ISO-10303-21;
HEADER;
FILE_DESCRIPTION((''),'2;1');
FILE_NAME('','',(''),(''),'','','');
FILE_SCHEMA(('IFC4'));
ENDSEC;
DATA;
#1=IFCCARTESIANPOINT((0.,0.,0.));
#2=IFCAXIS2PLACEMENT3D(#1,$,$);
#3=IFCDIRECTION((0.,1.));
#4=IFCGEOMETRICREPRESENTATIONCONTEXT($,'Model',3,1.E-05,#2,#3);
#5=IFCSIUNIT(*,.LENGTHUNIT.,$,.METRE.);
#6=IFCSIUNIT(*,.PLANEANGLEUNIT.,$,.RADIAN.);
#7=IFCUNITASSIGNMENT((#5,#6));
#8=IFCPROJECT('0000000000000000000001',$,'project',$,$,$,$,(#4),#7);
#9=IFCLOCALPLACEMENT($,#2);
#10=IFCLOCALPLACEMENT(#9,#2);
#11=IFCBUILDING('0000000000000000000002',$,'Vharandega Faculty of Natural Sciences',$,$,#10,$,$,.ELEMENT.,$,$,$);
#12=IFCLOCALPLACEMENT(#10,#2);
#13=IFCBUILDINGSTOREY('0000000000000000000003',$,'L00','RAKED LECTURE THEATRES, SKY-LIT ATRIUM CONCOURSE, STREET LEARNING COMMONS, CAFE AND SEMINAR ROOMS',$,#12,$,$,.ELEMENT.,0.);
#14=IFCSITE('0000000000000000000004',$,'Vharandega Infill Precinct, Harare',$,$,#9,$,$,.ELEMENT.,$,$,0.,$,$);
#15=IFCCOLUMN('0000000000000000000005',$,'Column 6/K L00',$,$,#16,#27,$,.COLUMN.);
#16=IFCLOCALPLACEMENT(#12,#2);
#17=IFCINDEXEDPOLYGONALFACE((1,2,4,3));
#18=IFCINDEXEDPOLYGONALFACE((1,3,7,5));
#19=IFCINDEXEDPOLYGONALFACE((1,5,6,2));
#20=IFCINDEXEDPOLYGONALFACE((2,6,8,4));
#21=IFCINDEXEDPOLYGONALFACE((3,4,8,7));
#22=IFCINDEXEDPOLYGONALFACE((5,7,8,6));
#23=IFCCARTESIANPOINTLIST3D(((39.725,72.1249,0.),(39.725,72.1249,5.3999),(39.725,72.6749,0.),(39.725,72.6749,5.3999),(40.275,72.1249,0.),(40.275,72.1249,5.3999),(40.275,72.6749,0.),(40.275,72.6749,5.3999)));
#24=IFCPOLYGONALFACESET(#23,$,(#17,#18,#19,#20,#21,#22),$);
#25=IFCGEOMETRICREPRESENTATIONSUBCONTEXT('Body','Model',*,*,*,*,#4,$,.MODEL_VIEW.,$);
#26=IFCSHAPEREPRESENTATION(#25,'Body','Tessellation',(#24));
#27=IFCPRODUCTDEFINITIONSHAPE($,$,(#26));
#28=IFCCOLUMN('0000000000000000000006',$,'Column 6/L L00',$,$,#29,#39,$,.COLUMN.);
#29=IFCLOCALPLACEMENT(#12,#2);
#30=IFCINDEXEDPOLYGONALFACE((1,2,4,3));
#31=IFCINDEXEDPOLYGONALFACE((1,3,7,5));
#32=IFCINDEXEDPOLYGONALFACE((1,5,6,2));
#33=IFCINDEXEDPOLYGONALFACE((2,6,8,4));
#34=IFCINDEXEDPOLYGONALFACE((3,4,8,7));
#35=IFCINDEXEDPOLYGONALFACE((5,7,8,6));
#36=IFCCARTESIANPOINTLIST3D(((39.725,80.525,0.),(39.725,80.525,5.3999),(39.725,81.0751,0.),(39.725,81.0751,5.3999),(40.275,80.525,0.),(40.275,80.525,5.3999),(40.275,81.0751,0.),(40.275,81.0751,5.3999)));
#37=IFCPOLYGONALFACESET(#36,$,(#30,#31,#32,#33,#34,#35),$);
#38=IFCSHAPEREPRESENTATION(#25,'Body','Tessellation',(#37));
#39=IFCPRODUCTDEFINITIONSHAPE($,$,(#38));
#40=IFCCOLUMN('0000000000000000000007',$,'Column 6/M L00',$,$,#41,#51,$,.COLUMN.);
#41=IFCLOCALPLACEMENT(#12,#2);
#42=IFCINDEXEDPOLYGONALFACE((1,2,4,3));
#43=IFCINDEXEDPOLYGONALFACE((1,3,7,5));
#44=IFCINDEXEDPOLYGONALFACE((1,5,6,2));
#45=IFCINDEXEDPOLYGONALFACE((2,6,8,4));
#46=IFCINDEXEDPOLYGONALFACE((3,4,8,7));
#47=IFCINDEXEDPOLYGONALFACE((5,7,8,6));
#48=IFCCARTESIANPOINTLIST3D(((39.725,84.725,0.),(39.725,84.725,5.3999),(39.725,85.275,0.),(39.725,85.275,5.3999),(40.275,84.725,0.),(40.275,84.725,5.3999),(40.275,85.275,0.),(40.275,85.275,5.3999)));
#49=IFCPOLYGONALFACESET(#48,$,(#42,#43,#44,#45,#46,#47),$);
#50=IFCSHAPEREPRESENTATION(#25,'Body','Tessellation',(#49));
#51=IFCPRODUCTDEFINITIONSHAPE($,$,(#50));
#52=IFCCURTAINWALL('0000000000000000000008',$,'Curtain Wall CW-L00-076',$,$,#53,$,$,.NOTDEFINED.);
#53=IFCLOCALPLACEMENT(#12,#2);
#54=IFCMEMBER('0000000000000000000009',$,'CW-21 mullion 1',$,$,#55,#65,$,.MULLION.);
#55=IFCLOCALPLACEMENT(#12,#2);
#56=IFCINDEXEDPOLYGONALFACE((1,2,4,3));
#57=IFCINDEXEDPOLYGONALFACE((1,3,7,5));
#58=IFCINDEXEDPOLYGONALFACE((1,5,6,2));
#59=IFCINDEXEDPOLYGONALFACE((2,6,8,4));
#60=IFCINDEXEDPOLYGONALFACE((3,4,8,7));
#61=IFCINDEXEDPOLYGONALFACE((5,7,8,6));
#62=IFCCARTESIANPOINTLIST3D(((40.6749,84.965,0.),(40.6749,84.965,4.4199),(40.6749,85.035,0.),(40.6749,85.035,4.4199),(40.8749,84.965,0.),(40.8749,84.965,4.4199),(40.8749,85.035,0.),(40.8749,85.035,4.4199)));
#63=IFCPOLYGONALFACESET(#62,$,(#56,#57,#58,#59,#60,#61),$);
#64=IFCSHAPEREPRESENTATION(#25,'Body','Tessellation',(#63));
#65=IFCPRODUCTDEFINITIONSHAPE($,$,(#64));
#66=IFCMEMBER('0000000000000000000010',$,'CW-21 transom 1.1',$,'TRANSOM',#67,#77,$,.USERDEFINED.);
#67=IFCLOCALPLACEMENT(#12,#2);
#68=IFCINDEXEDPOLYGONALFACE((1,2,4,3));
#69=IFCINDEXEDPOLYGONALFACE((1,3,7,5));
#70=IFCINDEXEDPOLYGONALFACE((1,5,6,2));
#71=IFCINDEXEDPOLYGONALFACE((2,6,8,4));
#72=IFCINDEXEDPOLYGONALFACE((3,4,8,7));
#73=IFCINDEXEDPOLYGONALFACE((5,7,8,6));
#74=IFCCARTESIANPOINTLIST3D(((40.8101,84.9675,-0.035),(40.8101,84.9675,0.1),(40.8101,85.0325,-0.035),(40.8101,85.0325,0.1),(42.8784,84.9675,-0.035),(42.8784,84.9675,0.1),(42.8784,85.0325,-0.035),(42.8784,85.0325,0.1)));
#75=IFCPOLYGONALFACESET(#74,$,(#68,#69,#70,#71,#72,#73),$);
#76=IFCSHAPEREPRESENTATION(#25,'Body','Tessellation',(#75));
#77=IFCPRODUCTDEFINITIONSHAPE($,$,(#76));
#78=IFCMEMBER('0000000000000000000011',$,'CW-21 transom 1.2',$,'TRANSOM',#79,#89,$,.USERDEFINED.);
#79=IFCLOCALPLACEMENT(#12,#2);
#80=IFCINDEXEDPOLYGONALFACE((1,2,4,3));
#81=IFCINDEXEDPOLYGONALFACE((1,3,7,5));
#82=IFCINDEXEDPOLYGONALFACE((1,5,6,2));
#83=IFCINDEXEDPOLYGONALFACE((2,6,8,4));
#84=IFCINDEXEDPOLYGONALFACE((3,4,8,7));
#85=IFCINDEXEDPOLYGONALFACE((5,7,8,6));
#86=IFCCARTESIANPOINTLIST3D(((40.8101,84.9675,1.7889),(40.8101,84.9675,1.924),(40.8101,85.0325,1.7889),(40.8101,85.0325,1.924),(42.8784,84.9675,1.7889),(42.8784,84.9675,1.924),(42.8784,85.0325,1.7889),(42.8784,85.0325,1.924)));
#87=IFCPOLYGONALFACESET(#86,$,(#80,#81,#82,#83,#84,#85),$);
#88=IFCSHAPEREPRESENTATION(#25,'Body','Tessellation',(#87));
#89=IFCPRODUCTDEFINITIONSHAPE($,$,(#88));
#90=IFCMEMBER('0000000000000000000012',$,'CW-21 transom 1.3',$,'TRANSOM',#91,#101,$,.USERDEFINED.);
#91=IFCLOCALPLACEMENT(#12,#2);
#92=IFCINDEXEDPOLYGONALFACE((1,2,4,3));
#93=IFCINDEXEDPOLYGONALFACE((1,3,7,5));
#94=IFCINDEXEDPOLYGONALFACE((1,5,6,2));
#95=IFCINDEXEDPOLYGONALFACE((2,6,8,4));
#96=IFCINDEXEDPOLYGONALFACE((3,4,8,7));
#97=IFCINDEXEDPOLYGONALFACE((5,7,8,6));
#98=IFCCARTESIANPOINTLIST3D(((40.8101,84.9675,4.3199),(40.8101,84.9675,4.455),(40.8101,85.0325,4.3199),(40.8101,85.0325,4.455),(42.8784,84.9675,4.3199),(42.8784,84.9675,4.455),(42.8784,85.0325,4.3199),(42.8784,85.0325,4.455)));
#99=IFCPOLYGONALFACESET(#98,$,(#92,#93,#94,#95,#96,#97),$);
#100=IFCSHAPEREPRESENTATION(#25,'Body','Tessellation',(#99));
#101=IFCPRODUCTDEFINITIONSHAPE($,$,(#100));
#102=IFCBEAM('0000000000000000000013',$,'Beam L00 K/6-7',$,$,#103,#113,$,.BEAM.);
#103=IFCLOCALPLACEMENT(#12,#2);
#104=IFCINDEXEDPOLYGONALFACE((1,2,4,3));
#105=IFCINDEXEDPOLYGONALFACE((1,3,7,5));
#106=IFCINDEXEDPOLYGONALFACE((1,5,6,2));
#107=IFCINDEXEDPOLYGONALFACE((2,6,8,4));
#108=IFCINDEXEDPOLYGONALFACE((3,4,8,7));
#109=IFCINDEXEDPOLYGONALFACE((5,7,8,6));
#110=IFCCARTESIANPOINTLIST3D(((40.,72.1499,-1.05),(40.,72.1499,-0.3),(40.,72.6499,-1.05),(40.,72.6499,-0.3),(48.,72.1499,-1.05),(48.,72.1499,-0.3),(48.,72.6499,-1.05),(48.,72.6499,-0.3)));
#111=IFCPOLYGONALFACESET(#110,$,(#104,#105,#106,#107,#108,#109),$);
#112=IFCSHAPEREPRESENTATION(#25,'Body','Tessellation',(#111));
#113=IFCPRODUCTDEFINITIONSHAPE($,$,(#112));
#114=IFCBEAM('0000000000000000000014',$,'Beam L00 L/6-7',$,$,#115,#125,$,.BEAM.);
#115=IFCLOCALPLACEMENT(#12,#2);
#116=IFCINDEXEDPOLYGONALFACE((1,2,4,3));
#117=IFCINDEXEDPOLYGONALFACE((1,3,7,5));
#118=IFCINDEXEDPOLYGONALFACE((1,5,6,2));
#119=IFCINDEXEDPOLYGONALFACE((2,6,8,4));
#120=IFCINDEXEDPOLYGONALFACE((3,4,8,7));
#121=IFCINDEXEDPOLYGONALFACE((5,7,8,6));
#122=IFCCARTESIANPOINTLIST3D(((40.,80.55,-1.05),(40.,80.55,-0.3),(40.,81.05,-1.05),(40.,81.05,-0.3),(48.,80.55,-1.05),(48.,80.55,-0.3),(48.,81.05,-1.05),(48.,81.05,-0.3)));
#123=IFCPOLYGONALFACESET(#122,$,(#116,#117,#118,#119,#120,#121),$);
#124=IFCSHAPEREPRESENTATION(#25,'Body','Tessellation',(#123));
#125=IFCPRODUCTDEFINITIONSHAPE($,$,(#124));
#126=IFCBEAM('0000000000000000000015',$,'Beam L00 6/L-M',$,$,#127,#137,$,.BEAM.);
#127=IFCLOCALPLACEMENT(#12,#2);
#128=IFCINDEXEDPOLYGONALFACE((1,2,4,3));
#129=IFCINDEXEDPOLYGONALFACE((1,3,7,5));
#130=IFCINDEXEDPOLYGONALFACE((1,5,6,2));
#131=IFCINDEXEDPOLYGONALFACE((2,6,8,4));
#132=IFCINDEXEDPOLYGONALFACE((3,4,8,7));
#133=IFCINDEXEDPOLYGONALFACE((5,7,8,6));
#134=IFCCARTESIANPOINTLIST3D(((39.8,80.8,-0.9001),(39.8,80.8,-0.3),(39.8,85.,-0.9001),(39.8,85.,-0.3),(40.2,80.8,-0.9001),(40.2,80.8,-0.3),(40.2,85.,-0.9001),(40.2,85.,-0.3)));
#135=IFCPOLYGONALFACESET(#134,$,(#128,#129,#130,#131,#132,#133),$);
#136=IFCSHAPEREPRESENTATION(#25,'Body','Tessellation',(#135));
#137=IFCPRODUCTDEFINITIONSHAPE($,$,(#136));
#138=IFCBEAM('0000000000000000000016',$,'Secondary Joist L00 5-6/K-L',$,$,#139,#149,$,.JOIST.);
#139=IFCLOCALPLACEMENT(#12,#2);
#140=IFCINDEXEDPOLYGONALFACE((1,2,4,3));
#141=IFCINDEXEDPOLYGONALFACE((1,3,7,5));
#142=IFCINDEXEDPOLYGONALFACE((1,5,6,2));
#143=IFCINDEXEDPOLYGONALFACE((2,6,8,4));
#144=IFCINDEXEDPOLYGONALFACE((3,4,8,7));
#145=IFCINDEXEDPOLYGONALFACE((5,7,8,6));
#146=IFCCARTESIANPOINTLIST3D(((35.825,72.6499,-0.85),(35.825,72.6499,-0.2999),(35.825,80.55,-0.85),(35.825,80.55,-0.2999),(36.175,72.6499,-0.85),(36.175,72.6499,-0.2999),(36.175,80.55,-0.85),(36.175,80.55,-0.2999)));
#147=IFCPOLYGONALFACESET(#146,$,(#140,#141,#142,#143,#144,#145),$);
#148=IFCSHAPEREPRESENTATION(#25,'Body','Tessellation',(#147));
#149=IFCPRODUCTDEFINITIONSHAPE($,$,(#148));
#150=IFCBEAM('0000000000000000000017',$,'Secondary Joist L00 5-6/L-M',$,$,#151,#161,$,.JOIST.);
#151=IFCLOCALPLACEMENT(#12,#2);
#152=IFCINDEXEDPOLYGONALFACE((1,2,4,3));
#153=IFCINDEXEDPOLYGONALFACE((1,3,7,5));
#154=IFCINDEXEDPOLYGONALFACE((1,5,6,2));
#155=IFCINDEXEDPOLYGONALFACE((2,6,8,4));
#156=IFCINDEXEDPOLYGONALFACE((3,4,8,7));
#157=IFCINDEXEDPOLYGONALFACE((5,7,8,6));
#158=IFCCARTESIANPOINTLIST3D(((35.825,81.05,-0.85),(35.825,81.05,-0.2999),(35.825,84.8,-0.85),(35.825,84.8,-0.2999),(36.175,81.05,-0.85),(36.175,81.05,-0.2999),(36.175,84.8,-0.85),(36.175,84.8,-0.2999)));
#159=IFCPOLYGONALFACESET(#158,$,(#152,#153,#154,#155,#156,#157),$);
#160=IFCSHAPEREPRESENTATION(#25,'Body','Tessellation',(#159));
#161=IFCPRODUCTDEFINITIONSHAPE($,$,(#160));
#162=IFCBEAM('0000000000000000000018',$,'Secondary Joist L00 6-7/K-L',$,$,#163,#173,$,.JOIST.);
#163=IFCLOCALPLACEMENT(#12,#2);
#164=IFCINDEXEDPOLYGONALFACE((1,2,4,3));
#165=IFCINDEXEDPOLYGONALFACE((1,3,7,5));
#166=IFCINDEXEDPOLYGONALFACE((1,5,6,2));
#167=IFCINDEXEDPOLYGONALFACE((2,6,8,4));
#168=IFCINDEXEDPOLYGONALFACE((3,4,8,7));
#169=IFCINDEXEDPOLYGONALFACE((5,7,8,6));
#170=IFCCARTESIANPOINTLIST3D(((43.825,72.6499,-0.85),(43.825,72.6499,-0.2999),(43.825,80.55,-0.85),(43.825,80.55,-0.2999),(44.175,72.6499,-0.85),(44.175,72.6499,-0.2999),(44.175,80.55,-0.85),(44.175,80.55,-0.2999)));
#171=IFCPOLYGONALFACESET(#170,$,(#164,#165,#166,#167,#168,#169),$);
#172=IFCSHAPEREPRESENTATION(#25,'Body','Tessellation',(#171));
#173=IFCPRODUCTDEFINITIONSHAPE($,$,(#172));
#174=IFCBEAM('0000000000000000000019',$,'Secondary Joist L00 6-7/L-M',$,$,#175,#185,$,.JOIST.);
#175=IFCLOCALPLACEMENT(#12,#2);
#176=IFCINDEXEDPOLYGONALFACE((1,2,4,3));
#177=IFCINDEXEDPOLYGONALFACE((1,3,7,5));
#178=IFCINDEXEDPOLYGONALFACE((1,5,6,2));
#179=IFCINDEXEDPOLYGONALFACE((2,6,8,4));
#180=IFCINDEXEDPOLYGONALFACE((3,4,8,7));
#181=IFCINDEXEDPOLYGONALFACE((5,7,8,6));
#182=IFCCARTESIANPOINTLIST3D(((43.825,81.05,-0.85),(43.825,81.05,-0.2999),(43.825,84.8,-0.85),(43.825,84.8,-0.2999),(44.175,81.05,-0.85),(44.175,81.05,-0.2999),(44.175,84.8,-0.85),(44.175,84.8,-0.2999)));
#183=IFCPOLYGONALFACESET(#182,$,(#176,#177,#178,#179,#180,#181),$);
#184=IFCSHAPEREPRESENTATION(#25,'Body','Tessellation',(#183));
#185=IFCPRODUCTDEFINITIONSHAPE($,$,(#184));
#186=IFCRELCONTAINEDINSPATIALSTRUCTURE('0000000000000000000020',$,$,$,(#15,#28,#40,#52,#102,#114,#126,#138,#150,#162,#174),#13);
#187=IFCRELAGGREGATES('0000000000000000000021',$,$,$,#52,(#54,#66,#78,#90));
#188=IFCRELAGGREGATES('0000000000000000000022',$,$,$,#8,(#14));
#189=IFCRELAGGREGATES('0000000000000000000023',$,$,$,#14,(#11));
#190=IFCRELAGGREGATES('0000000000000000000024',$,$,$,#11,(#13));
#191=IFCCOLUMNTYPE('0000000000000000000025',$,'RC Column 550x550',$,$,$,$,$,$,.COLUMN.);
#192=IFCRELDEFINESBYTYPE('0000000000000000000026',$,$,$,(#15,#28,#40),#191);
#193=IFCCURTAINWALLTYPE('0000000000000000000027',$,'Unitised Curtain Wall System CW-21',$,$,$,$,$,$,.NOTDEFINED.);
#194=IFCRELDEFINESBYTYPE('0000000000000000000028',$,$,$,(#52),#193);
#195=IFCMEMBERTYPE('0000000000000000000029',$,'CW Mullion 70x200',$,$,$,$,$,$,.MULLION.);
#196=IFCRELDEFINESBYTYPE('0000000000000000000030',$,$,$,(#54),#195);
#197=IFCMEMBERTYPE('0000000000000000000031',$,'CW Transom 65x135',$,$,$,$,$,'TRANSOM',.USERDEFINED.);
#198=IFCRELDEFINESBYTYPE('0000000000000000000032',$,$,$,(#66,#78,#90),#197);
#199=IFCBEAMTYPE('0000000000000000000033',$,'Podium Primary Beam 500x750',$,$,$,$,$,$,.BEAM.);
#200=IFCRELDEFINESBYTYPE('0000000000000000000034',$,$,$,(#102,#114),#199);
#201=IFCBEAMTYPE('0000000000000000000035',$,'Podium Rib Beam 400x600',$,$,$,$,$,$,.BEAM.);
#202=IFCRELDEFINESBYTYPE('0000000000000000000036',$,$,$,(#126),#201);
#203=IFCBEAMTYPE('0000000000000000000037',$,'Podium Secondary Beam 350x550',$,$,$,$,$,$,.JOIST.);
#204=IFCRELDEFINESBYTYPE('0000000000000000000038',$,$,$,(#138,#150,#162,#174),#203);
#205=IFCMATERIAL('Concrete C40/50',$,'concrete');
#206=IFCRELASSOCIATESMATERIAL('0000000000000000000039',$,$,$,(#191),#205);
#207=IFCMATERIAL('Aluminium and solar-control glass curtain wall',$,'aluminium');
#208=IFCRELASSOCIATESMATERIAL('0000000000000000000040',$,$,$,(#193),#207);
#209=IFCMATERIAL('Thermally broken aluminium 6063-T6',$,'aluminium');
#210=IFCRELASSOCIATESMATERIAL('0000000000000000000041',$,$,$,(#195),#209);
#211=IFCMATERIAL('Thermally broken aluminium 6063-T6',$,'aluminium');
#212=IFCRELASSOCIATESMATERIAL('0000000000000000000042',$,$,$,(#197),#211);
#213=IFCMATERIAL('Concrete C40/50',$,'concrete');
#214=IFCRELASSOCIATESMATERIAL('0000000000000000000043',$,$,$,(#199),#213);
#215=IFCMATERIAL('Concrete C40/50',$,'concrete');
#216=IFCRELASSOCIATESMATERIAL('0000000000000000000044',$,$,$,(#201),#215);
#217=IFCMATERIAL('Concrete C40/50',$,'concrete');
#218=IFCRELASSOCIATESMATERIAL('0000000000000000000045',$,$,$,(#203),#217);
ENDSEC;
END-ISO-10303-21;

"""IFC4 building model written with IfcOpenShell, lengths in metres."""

from ifc_helpers import new_model, si_unit, direction, frame, origin, origin_2d, place, context, subcontext, project, spatial, rectangle, extrude, material, material_profile, profile_set, type_object, element, aggregate, save


model = new_model("IFC4")

# Units and contexts
model_context = context("Model", 3, precision=1e-05, world=origin(), true_north=direction((0.0, 1.0)))
body_context = subcontext(model_context, "Body", "Model", "MODEL_VIEW")
ifc_project = project(units=[si_unit("LENGTHUNIT", "METRE"), si_unit("PLANEANGLEUNIT", "RADIAN")], contexts=[model_context])

# Site, building, storey
site_placement = place(None, origin())
site = spatial("IfcSite", under=ifc_project, at=site_placement, Name="Vharandega Infill Precinct, Harare", CompositionType="ELEMENT", RefElevation=0.0)
building_placement = place(site_placement, origin())
building = spatial("IfcBuilding", under=site, at=building_placement, Name="Vharandega Faculty of Natural Sciences", CompositionType="ELEMENT")
storey_placement = place(building_placement, origin())
storey = spatial("IfcBuildingStorey", under=building, at=storey_placement, Name="L00", Description="RAKED LECTURE THEATRES, SKY-LIT ATRIUM CONCOURSE, STREET LEARNING COMMONS, CAFE AND SEMINAR ROOMS", CompositionType="ELEMENT", Elevation=0.0)

# Columns
ifc_material_1 = material(Name="Concrete C40/50", Category="concrete")
ifc_material_profile_1 = material_profile(ifc_material_1, rectangle(XDim=0.55, YDim=0.55, at=origin_2d()), Name="RC 550x550")
ifc_profile_set_1 = profile_set([ifc_material_profile_1], Name="Concrete C40/50")
column_type = type_object("IfcColumnType", Name="RC Column 550x550", PredefinedType="COLUMN", material=ifc_profile_set_1)
for number, where, z_axis, x_axis, name in (
    (1, (40.0, 72.3999, 0.0), (0.0, 0.0, 1.0), (1.0, 0.0, 0.0), "Column 6/K L00"),
    (2, (40.0, 80.8, 0.0), (0.0, 0.0, 1.0), (1.0, 0.0, 0.0), "Column 6/L L00"),
    (3, (40.0, 85.0, 0.0), (0.0, 0.0, 1.0), (1.0, 0.0, 0.0), "Column 6/M L00"),
):
    element("IfcColumn", number, at=place(storey_placement, frame(where, z_axis=z_axis, x_axis=x_axis)), inside=storey, type_object=column_type, Name=name, PredefinedType="COLUMN", context=body_context, shape_type="SweptSolid", body=[
        extrude(rectangle(XDim=0.55, YDim=0.55, at=origin_2d()), origin(), (0.0, 0.0, 1.0), 5.3999),
    ])

# Curtain wall, members
ifc_material_2 = material(Name="Aluminium and solar-control glass curtain wall", Category="aluminium")
curtain_wall_type = type_object("IfcCurtainWallType", Name="Unitised Curtain Wall System CW-21", PredefinedType="NOTDEFINED", material=ifc_material_2)
curtain_wall_placement = place(storey_placement, origin())
curtain_wall = element("IfcCurtainWall", 4, at=curtain_wall_placement, inside=storey, type_object=curtain_wall_type, Name="Curtain Wall CW-L00-076", PredefinedType="NOTDEFINED")
ifc_material_3 = material(Name="Thermally broken aluminium 6063-T6", Category="aluminium")
ifc_material_profile_2 = material_profile(ifc_material_3, rectangle(XDim=0.0701, YDim=0.2, at=origin_2d()), Name="ALU 70x200")
ifc_profile_set_2 = profile_set([ifc_material_profile_2], Name="Thermally broken aluminium 6063-T6")
member_type_1 = type_object("IfcMemberType", Name="CW Mullion 70x200", PredefinedType="MULLION", material=ifc_profile_set_2)
member_1_placement = place(storey_placement, frame((40.7749, 85.0, 0.0), z_axis=(0.0, 0.0, 1.0), x_axis=(0.0, 1.0, 0.0)))
member_1 = element("IfcMember", 5, at=member_1_placement, type_object=member_type_1, Name="CW-21 mullion 1", PredefinedType="MULLION", context=body_context, shape_type="SweptSolid", body=[
    extrude(rectangle(XDim=0.0701, YDim=0.2, at=origin_2d()), origin(), (0.0, 0.0, 1.0), 4.4199),
])
ifc_material_4 = material(Name="Thermally broken aluminium 6063-T6", Category="aluminium")
ifc_material_profile_3 = material_profile(ifc_material_4, rectangle(XDim=0.0649, YDim=0.135, at=origin_2d()), Name="ALU 65x135")
ifc_profile_set_3 = profile_set([ifc_material_profile_3], Name="Thermally broken aluminium 6063-T6")
member_type_2 = type_object("IfcMemberType", Name="CW Transom 65x135", ElementType="TRANSOM", PredefinedType="USERDEFINED", material=ifc_profile_set_3)
member_2_placement = place(storey_placement, frame((40.8101, 85.0, 0.0325), z_axis=(1.0, 0.0, 0.0), x_axis=(0.0, 1.0, 0.0)))
member_2 = element("IfcMember", 6, at=member_2_placement, type_object=member_type_2, Name="CW-21 transom 1.1", ObjectType="TRANSOM", PredefinedType="USERDEFINED", context=body_context, shape_type="SweptSolid", body=[
    extrude(rectangle(XDim=0.0649, YDim=0.135, at=origin_2d()), origin(), (0.0, 0.0, 1.0), 2.0684),
])
member_3_placement = place(storey_placement, frame((40.8101, 85.0, 1.8564), z_axis=(1.0, 0.0, 0.0), x_axis=(0.0, 1.0, 0.0)))
member_3 = element("IfcMember", 7, at=member_3_placement, type_object=member_type_2, Name="CW-21 transom 1.2", ObjectType="TRANSOM", PredefinedType="USERDEFINED", context=body_context, shape_type="SweptSolid", body=[
    extrude(rectangle(XDim=0.0649, YDim=0.135, at=origin_2d()), origin(), (0.0, 0.0, 1.0), 2.0684),
])
member_4_placement = place(storey_placement, frame((40.8101, 85.0, 4.3875), z_axis=(1.0, 0.0, 0.0), x_axis=(0.0, 1.0, 0.0)))
member_4 = element("IfcMember", 8, at=member_4_placement, type_object=member_type_2, Name="CW-21 transom 1.3", ObjectType="TRANSOM", PredefinedType="USERDEFINED", context=body_context, shape_type="SweptSolid", body=[
    extrude(rectangle(XDim=0.0649, YDim=0.135, at=origin_2d()), origin(), (0.0, 0.0, 1.0), 2.0684),
])

# Beams
ifc_material_5 = material(Name="Concrete C40/50", Category="concrete")
ifc_material_profile_4 = material_profile(ifc_material_5, rectangle(XDim=0.5, YDim=0.75, at=origin_2d()), Name="RC 500x750")
ifc_profile_set_4 = profile_set([ifc_material_profile_4], Name="Concrete C40/50")
beam_type_1 = type_object("IfcBeamType", Name="Podium Primary Beam 500x750", PredefinedType="BEAM", material=ifc_profile_set_4)
for number, where, z_axis, x_axis, name in (
    (9, (40.0, 72.3999, -0.675), (1.0, 0.0, 0.0), (0.0, 1.0, 0.0), "Beam L00 K/6-7"),
    (10, (40.0, 80.8, -0.675), (1.0, 0.0, 0.0), (0.0, 1.0, 0.0), "Beam L00 L/6-7"),
):
    element("IfcBeam", number, at=place(storey_placement, frame(where, z_axis=z_axis, x_axis=x_axis)), inside=storey, type_object=beam_type_1, Name=name, PredefinedType="BEAM", context=body_context, shape_type="SweptSolid", body=[
        extrude(rectangle(XDim=0.5, YDim=0.75, at=origin_2d()), origin(), (0.0, 0.0, 1.0), 8.0),
    ])
ifc_material_6 = material(Name="Concrete C40/50", Category="concrete")
ifc_material_profile_5 = material_profile(ifc_material_6, rectangle(XDim=0.3999, YDim=0.6001, at=origin_2d()), Name="RC 400x600")
ifc_profile_set_5 = profile_set([ifc_material_profile_5], Name="Concrete C40/50")
beam_type_2 = type_object("IfcBeamType", Name="Podium Rib Beam 400x600", PredefinedType="BEAM", material=ifc_profile_set_5)
beam_1_placement = place(storey_placement, frame((40.0, 80.8, -0.6001), z_axis=(0.0, 1.0, 0.0), x_axis=(-1.0, 0.0, 0.0)))
element("IfcBeam", 11, at=beam_1_placement, inside=storey, type_object=beam_type_2, Name="Beam L00 6/L-M", PredefinedType="BEAM", context=body_context, shape_type="SweptSolid", body=[
    extrude(rectangle(XDim=0.3999, YDim=0.6001, at=origin_2d()), origin(), (0.0, 0.0, 1.0), 4.2),
])
ifc_material_7 = material(Name="Concrete C40/50", Category="concrete")
ifc_material_profile_6 = material_profile(ifc_material_7, rectangle(XDim=0.3501, YDim=0.55, at=origin_2d()), Name="RC 350x550")
ifc_profile_set_6 = profile_set([ifc_material_profile_6], Name="Concrete C40/50")
beam_type_3 = type_object("IfcBeamType", Name="Podium Secondary Beam 350x550", PredefinedType="JOIST", material=ifc_profile_set_6)
beam_2_placement = place(storey_placement, frame((36.0, 72.6499, -0.575), z_axis=(0.0, 1.0, 0.0), x_axis=(-1.0, 0.0, 0.0)))
element("IfcBeam", 12, at=beam_2_placement, inside=storey, type_object=beam_type_3, Name="Secondary Joist L00 5-6/K-L", PredefinedType="JOIST", context=body_context, shape_type="SweptSolid", body=[
    extrude(rectangle(XDim=0.3501, YDim=0.55, at=origin_2d()), origin(), (0.0, 0.0, 1.0), 7.9001),
])
beam_3_placement = place(storey_placement, frame((36.0, 81.05, -0.575), z_axis=(0.0, 1.0, 0.0), x_axis=(-1.0, 0.0, 0.0)))
element("IfcBeam", 13, at=beam_3_placement, inside=storey, type_object=beam_type_3, Name="Secondary Joist L00 5-6/L-M", PredefinedType="JOIST", context=body_context, shape_type="SweptSolid", body=[
    extrude(rectangle(XDim=0.3501, YDim=0.55, at=origin_2d()), origin(), (0.0, 0.0, 1.0), 3.75),
])
beam_4_placement = place(storey_placement, frame((44.0, 72.6499, -0.575), z_axis=(0.0, 1.0, 0.0), x_axis=(-1.0, 0.0, 0.0)))
element("IfcBeam", 14, at=beam_4_placement, inside=storey, type_object=beam_type_3, Name="Secondary Joist L00 6-7/K-L", PredefinedType="JOIST", context=body_context, shape_type="SweptSolid", body=[
    extrude(rectangle(XDim=0.3501, YDim=0.55, at=origin_2d()), origin(), (0.0, 0.0, 1.0), 7.9001),
])
beam_5_placement = place(storey_placement, frame((44.0, 81.05, -0.575), z_axis=(0.0, 1.0, 0.0), x_axis=(-1.0, 0.0, 0.0)))
element("IfcBeam", 15, at=beam_5_placement, inside=storey, type_object=beam_type_3, Name="Secondary Joist L00 6-7/L-M", PredefinedType="JOIST", context=body_context, shape_type="SweptSolid", body=[
    extrude(rectangle(XDim=0.3501, YDim=0.55, at=origin_2d()), origin(), (0.0, 0.0, 1.0), 3.75),
])

aggregate(curtain_wall, [member_1, member_2, member_3, member_4])

save(model, "model.ifc")
